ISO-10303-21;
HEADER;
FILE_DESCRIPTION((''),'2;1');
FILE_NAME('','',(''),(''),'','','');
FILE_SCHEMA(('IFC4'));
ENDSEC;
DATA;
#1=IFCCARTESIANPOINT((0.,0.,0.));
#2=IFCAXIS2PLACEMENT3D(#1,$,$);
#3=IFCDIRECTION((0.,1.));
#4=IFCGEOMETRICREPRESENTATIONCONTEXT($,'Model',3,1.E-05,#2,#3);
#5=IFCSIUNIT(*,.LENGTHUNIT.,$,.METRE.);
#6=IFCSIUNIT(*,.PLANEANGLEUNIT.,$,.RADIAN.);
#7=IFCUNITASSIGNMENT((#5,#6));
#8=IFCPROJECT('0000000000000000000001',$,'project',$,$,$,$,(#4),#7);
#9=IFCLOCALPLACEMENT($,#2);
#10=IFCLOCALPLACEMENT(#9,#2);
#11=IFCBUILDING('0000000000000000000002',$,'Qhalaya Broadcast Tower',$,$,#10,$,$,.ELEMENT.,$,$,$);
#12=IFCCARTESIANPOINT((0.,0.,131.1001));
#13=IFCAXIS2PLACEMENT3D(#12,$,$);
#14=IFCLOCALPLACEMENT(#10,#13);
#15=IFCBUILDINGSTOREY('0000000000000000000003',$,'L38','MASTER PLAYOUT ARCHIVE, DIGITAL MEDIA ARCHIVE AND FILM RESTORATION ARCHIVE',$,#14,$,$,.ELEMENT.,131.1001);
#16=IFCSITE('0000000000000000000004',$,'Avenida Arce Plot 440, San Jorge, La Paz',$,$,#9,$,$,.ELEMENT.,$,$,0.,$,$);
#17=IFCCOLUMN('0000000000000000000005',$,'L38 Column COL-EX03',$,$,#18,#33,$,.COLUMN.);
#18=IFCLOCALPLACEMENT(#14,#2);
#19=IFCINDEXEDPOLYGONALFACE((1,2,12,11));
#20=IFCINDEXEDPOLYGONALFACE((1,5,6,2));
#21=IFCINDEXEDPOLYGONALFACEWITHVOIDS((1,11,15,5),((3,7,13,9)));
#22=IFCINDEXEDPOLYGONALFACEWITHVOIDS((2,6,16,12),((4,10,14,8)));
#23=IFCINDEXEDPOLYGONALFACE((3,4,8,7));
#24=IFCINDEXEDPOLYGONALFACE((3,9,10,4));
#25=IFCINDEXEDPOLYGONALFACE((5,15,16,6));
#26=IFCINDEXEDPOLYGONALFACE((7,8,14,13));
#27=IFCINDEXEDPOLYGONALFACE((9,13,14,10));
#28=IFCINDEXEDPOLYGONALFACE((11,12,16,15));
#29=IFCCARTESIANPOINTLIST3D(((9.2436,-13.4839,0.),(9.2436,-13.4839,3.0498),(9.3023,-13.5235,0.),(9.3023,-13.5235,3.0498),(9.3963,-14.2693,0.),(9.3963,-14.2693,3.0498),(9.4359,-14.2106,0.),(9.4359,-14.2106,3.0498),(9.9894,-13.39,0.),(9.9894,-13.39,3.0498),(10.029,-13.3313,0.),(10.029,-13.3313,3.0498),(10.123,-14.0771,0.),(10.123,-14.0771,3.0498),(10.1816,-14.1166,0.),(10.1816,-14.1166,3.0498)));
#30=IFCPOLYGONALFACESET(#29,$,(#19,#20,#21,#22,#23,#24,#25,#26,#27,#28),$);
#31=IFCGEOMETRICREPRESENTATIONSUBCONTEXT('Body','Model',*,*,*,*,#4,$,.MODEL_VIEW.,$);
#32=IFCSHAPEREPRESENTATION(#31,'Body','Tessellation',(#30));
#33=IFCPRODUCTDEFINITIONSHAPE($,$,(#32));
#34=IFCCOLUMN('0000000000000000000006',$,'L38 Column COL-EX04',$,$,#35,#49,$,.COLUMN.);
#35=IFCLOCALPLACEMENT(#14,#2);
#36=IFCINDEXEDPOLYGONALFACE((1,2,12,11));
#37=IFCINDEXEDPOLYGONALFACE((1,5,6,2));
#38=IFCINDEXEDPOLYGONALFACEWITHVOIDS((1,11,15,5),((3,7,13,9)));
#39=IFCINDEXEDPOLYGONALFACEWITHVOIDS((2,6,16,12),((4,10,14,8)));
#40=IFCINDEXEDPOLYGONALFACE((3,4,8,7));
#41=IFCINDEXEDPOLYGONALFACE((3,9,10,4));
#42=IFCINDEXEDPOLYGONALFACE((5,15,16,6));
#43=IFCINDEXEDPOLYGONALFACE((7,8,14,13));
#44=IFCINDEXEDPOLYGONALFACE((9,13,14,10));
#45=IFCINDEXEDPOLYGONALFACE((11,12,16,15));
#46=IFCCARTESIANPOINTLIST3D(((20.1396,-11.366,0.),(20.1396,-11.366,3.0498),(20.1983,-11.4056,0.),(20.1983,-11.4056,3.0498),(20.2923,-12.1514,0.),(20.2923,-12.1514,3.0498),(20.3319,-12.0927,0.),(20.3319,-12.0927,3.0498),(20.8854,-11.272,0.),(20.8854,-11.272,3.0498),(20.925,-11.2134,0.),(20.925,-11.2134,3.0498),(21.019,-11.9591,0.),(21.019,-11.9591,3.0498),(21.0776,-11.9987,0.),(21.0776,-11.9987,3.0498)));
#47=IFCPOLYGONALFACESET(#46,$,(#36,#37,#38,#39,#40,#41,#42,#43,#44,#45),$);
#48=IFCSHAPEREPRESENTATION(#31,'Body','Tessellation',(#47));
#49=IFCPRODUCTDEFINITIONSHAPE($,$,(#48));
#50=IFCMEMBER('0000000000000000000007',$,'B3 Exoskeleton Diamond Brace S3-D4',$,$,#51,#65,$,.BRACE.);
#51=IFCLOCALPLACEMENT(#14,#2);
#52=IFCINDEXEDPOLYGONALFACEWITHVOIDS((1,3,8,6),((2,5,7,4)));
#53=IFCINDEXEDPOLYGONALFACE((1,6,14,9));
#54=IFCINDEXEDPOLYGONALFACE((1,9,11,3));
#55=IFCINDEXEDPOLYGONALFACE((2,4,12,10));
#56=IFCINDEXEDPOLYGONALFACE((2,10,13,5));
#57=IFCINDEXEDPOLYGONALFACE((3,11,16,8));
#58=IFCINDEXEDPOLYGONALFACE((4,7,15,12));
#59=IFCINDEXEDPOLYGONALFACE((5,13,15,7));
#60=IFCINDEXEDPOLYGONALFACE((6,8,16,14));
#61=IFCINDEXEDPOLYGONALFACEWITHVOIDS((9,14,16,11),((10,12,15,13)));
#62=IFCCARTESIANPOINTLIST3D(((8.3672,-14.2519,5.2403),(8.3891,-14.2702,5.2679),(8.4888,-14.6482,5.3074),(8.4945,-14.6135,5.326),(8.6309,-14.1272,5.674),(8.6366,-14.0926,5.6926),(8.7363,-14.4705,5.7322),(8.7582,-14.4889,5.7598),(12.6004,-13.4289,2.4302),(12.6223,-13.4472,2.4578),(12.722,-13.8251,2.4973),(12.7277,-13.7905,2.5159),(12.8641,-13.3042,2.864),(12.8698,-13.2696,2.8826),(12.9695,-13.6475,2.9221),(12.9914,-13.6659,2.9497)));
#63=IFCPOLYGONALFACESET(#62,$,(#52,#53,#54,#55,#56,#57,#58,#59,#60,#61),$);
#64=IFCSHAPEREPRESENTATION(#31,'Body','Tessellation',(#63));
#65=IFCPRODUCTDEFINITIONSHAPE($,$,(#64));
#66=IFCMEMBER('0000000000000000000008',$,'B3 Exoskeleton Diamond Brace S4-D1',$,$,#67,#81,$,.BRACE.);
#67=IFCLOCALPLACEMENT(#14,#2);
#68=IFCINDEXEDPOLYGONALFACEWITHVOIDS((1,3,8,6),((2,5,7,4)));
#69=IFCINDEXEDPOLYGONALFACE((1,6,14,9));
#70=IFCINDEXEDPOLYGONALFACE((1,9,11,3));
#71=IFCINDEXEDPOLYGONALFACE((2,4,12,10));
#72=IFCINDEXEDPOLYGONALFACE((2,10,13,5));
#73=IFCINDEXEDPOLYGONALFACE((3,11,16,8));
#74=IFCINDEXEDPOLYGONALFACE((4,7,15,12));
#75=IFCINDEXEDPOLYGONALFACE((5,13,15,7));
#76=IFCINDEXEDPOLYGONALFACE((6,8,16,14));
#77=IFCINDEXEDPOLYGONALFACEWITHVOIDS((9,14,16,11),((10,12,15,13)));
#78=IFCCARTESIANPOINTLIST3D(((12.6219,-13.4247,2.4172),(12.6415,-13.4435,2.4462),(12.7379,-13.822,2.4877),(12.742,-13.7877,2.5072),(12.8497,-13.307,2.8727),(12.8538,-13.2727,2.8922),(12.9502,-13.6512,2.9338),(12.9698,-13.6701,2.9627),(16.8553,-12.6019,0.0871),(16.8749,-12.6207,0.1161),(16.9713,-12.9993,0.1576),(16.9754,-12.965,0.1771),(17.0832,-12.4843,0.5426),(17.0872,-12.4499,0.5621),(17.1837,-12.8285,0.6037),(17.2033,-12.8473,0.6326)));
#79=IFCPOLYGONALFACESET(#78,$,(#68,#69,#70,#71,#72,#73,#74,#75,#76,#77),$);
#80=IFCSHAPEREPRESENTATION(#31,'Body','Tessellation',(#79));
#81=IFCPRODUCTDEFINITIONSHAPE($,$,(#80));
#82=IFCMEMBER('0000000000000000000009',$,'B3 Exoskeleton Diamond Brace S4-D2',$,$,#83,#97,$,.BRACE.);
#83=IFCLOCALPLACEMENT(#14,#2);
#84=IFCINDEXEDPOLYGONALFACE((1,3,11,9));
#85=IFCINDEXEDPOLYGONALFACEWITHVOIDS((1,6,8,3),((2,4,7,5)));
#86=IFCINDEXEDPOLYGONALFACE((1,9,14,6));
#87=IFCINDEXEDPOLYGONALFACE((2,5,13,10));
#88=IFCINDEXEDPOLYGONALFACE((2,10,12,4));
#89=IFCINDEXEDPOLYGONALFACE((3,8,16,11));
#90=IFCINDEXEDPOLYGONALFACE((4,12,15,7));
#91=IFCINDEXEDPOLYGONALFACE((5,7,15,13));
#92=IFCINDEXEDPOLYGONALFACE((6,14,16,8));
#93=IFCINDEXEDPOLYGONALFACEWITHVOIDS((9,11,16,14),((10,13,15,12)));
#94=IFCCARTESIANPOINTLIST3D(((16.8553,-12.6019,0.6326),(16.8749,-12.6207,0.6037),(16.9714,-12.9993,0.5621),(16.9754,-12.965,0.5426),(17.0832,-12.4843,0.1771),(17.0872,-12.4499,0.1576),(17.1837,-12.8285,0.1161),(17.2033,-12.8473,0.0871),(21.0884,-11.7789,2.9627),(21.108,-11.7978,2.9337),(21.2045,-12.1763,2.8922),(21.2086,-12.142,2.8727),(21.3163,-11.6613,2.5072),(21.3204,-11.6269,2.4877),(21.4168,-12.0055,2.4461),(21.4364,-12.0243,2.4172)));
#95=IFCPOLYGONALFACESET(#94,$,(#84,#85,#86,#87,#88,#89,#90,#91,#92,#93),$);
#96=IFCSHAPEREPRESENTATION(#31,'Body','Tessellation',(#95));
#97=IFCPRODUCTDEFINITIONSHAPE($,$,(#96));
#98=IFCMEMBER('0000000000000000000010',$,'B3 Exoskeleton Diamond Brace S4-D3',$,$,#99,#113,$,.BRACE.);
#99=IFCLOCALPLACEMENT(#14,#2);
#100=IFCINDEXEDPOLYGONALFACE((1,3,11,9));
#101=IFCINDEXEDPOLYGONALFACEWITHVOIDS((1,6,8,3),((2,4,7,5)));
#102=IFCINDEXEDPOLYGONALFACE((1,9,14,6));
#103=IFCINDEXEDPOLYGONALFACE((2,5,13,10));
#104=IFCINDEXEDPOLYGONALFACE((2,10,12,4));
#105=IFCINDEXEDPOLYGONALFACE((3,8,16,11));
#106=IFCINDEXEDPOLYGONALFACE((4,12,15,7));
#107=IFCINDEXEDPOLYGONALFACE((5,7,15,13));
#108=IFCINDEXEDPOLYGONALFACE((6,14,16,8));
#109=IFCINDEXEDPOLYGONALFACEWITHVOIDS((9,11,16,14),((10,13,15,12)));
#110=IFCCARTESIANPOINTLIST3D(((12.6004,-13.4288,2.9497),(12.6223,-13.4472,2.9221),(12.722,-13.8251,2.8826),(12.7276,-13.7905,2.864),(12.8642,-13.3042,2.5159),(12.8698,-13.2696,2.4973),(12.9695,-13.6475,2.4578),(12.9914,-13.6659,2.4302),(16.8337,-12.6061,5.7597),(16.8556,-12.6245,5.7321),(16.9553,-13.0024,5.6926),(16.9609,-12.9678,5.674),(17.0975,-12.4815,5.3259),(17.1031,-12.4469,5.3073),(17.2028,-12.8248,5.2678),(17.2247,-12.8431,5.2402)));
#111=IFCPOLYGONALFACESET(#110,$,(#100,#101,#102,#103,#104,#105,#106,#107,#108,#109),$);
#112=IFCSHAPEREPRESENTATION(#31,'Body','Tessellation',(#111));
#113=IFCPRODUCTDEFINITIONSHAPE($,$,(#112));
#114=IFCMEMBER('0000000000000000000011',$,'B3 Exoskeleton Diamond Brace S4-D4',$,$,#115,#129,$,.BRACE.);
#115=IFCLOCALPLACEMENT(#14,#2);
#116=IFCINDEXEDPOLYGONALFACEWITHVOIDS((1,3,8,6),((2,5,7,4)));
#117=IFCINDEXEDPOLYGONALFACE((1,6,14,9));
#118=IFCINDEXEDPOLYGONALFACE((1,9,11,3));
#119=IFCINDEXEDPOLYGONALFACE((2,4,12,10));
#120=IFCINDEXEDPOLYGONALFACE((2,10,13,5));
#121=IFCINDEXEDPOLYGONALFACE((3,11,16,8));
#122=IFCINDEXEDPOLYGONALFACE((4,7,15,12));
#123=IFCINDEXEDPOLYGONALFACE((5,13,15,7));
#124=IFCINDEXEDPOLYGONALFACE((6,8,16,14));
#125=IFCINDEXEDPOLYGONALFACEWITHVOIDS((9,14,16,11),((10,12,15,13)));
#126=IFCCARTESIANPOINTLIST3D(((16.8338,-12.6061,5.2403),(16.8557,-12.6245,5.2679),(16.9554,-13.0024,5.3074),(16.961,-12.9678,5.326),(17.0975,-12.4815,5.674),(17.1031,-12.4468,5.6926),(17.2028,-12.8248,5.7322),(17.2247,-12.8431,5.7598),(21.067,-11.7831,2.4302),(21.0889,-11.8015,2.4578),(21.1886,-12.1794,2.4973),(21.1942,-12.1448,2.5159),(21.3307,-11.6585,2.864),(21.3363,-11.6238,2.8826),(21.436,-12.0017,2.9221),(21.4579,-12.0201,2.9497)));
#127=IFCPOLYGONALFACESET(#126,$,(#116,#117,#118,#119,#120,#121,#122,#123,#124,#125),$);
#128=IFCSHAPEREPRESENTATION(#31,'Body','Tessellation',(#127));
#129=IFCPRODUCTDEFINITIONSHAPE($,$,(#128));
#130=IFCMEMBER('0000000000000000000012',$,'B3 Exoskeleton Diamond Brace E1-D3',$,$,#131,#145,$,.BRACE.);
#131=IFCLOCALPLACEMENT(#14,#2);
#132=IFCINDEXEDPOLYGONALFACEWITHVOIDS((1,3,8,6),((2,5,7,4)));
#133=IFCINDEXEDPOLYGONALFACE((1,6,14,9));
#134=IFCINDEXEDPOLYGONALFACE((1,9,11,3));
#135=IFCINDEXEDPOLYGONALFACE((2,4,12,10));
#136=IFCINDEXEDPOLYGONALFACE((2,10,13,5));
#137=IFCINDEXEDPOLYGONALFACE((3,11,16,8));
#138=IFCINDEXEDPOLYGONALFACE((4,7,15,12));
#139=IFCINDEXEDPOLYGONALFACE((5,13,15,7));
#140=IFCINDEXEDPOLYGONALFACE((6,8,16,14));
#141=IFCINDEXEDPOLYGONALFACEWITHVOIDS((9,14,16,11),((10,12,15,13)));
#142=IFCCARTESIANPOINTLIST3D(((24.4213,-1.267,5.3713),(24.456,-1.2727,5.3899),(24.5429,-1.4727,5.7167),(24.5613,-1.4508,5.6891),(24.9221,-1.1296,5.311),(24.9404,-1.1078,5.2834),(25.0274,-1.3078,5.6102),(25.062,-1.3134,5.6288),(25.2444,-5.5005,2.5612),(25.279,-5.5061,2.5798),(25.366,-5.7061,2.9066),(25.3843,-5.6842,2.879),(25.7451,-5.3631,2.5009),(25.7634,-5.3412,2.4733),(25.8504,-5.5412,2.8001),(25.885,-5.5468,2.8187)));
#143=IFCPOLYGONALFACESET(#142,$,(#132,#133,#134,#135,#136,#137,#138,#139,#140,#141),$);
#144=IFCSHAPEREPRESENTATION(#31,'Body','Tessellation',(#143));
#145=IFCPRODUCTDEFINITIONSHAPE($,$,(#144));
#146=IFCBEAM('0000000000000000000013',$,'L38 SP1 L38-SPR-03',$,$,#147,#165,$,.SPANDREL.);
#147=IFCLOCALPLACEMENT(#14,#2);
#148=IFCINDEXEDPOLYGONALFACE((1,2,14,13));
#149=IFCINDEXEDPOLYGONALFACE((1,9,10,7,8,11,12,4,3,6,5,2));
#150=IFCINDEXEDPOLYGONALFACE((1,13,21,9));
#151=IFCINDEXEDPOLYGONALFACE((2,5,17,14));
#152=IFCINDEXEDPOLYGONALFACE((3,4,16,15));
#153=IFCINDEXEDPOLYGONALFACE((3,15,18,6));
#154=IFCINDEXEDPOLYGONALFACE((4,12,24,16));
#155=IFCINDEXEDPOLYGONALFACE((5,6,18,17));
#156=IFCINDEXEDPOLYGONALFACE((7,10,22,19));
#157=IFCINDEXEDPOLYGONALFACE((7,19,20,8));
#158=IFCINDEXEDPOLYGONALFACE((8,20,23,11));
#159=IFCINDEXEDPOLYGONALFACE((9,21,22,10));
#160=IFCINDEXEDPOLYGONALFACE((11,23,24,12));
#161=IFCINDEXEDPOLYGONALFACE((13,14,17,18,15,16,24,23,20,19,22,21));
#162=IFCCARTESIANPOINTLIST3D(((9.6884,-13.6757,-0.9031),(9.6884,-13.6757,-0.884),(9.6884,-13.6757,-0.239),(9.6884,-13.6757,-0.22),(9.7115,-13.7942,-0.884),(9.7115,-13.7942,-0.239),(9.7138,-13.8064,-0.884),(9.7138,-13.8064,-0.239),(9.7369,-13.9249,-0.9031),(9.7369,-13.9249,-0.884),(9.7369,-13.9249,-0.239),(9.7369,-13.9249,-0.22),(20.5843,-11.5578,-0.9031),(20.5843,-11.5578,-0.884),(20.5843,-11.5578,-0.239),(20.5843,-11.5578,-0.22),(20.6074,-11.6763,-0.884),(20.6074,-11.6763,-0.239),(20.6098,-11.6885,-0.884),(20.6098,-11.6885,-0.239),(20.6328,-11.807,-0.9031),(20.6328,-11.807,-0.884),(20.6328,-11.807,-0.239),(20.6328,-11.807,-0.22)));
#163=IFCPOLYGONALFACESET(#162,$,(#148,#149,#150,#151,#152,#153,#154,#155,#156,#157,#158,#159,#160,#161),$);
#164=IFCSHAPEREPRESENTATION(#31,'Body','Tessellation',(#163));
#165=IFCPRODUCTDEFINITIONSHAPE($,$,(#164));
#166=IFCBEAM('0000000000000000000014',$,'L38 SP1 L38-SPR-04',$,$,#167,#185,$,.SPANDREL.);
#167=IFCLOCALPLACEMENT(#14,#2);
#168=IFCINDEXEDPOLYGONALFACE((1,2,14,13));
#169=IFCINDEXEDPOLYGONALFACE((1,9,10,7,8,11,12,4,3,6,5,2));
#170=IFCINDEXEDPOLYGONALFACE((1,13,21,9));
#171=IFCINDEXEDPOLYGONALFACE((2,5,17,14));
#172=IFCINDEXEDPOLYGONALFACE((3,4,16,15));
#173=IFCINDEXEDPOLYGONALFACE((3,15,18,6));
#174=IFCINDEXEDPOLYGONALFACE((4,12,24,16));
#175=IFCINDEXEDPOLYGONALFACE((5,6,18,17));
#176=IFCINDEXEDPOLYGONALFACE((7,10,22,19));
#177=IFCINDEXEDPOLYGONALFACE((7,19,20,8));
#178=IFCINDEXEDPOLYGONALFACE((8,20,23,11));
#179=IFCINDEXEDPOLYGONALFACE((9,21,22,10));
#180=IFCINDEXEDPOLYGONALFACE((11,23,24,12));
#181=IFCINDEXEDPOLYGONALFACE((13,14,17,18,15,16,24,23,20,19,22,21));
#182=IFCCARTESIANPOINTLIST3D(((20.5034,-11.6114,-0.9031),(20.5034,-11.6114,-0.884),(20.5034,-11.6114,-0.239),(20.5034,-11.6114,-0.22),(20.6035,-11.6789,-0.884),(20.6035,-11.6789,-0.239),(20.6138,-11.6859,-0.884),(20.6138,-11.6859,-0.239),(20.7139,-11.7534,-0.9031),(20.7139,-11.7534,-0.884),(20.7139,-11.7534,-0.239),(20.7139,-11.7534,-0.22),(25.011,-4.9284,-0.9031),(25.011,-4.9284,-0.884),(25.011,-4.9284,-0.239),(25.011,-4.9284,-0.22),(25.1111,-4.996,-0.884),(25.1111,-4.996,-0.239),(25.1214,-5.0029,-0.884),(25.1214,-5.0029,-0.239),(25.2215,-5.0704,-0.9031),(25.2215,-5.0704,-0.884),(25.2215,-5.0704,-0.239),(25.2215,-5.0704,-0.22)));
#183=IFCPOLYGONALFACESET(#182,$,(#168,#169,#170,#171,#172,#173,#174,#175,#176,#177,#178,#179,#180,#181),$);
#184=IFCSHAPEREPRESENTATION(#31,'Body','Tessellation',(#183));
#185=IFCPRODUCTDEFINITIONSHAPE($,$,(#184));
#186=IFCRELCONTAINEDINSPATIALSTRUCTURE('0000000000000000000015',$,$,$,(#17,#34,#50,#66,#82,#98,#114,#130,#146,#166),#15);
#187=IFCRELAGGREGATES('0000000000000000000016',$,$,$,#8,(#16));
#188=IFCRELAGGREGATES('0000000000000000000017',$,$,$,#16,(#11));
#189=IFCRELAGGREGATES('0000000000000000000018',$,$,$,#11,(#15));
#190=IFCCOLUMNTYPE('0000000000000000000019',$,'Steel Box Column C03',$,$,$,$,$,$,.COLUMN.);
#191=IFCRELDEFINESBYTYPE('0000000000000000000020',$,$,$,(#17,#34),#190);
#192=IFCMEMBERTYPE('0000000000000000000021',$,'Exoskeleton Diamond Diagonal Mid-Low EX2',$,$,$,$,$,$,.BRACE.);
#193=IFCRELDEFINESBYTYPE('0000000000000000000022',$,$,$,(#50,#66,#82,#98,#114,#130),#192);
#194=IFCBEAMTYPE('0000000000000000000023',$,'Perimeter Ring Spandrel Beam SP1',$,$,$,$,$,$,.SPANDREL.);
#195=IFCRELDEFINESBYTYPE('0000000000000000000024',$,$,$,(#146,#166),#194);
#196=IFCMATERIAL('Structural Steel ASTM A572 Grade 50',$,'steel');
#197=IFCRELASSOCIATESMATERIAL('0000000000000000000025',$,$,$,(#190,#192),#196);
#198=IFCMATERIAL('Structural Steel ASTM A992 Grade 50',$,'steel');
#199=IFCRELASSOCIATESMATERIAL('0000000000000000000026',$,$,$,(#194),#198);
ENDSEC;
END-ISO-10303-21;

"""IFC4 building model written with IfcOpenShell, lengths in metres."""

from ifc_helpers import new_model, si_unit, direction, frame, origin, origin_2d, place, context, subcontext, project, spatial, hollow_rectangle, i_section, extrude, material, material_profile, profile_set, type_object, element, save


model = new_model("IFC4")

# Units and contexts
model_context = context("Model", 3, precision=1e-05, world=origin(), true_north=direction((0.0, 1.0)))
body_context = subcontext(model_context, "Body", "Model", "MODEL_VIEW")
ifc_project = project(units=[si_unit("LENGTHUNIT", "METRE"), si_unit("PLANEANGLEUNIT", "RADIAN")], contexts=[model_context])

# Site, building, storey
site_placement = place(None, origin())
site = spatial("IfcSite", under=ifc_project, at=site_placement, Name="Avenida Arce Plot 440, San Jorge, La Paz", CompositionType="ELEMENT", RefElevation=0.0)
building_placement = place(site_placement, origin())
building = spatial("IfcBuilding", under=site, at=building_placement, Name="Qhalaya Broadcast Tower", CompositionType="ELEMENT")
storey_placement = place(building_placement, frame((0.0, 0.0, 131.1001)))
storey = spatial("IfcBuildingStorey", under=building, at=storey_placement, Name="L38", Description="MASTER PLAYOUT ARCHIVE, DIGITAL MEDIA ARCHIVE AND FILM RESTORATION ARCHIVE", CompositionType="ELEMENT", Elevation=131.1001)

# Columns
ifc_material_1 = material(Name="Structural Steel ASTM A572 Grade 50", Category="steel")
ifc_material_profile_1 = material_profile(ifc_material_1, hollow_rectangle(XDim=0.8, YDim=0.8, WallThickness=0.05, at=origin_2d()), Name="BOX 800x800x50")
ifc_profile_set_1 = profile_set([ifc_material_profile_1], Name="Structural Steel ASTM A572 Grade 50")
column_type = type_object("IfcColumnType", Name="Steel Box Column C03", PredefinedType="COLUMN", material=ifc_profile_set_1)
for number, where, z_axis, x_axis, name in (
    (1, (9.7126, -13.8003, 0.0), (0.0, 0.0, 1.0), (0.981627, 0.190809, 0.0), "L38 Column COL-EX03"),
    (2, (20.6086, -11.6824, 0.0), (0.0, 0.0, 1.0), (0.981627, 0.190809, 0.0), "L38 Column COL-EX04"),
):
    element("IfcColumn", number, at=place(storey_placement, frame(where, z_axis=z_axis, x_axis=x_axis)), inside=storey, type_object=column_type, Name=name, PredefinedType="COLUMN", context=body_context, shape_type="SweptSolid", body=[
        extrude(hollow_rectangle(XDim=0.8, YDim=0.8, WallThickness=0.05, at=origin_2d()), origin(), (0.0, 0.0, 1.0), 3.0498),
    ])

# Members
ifc_material_profile_2 = material_profile(ifc_material_1, hollow_rectangle(XDim=0.4199, YDim=0.55, WallThickness=0.0281, at=origin_2d()), Name="BOX 420x550x28")
ifc_profile_set_2 = profile_set([ifc_material_profile_2], Name="Structural Steel ASTM A572 Grade 50")
member_type = type_object("IfcMemberType", Name="Exoskeleton Diamond Diagonal Mid-Low EX2", PredefinedType="BRACE", material=ifc_profile_set_2)
member_1_placement = place(storey_placement, frame((12.7959, -13.5474, 2.6899), z_axis=(-0.822424, -0.159893, 0.545943), x_axis=(0.289594, -0.943705, 0.159864)))
element("IfcMember", 3, at=member_1_placement, inside=storey, type_object=member_type, Name="B3 Exoskeleton Diamond Brace S3-D4", PredefinedType="BRACE", context=body_context, shape_type="SweptSolid", body=[
    extrude(hollow_rectangle(XDim=0.4199, YDim=0.55, WallThickness=0.0281, at=origin_2d()), origin(), (0.0, 0.0, 1.0), 5.1472),
])
member_2_placement = place(storey_placement, frame((17.0293, -12.7246, 0.3599), z_axis=(-0.863638, -0.167847, 0.475349), x_axis=(0.276309, -0.946294, 0.167873)))
element("IfcMember", 4, at=member_2_placement, inside=storey, type_object=member_type, Name="B3 Exoskeleton Diamond Brace S4-D1", PredefinedType="BRACE", context=body_context, shape_type="SweptSolid", body=[
    extrude(hollow_rectangle(XDim=0.4199, YDim=0.55, WallThickness=0.0281, at=origin_2d()), origin(), (0.0, 0.0, 1.0), 4.9019),
])
member_3_placement = place(storey_placement, frame((17.0293, -12.7246, 0.3599), z_axis=(0.863618, 0.167902, 0.475366), x_axis=(-0.276375, 0.946275, 0.167871)))
element("IfcMember", 5, at=member_3_placement, inside=storey, type_object=member_type, Name="B3 Exoskeleton Diamond Brace S4-D2", PredefinedType="BRACE", context=body_context, shape_type="SweptSolid", body=[
    extrude(hollow_rectangle(XDim=0.4199, YDim=0.55, WallThickness=0.0281, at=origin_2d()), origin(), (0.0, 0.0, 1.0), 4.9016),
])
for number, where, z_axis, x_axis, name in (
    (6, (12.7959, -13.5474, 2.6899), (0.822445, 0.159841, 0.545925), (-0.289528, 0.943725, 0.159866), "B3 Exoskeleton Diamond Brace S4-D3"),
    (7, (21.2625, -11.9016, 2.6899), (-0.822424, -0.159893, 0.545943), (0.289594, -0.943705, 0.159864), "B3 Exoskeleton Diamond Brace S4-D4"),
):
    element("IfcMember", number, at=place(storey_placement, frame(where, z_axis=z_axis, x_axis=x_axis)), inside=storey, type_object=member_type, Name=name, PredefinedType="BRACE", context=body_context, shape_type="SweptSolid", body=[
        extrude(hollow_rectangle(XDim=0.4199, YDim=0.55, WallThickness=0.0281, at=origin_2d()), origin(), (0.0, 0.0, 1.0), 5.1472),
    ])
member_4_placement = place(storey_placement, frame((25.5647, -5.5237, 2.6899), z_axis=(-0.159887, 0.822439, 0.545921), x_axis=(0.289568, -0.48963, 0.822443)))
element("IfcMember", 8, at=member_4_placement, inside=storey, type_object=member_type, Name="B3 Exoskeleton Diamond Brace E1-D3", PredefinedType="BRACE", context=body_context, shape_type="SweptSolid", body=[
    extrude(hollow_rectangle(XDim=0.4199, YDim=0.55, WallThickness=0.0281, at=origin_2d()), origin(), (0.0, 0.0, 1.0), 5.1475),
])

# Beams
ifc_material_2 = material(Name="Structural Steel ASTM A992 Grade 50", Category="steel")
ifc_material_profile_3 = material_profile(ifc_material_2, i_section(OverallWidth=0.2539, OverallDepth=0.6831, WebThickness=0.0125, FlangeThickness=0.019, at=origin_2d()), Name="W27X94")
ifc_profile_set_3 = profile_set([ifc_material_profile_3], Name="Structural Steel ASTM A992 Grade 50")
beam_type = type_object("IfcBeamType", Name="Perimeter Ring Spandrel Beam SP1", PredefinedType="SPANDREL", material=ifc_profile_set_3)
beam_1_placement = place(storey_placement, frame((9.7126, -13.8003, -0.5615), z_axis=(0.981628, 0.190805, 0.0), x_axis=(-0.190805, 0.981628, 0.0)))
element("IfcBeam", 9, at=beam_1_placement, inside=storey, type_object=beam_type, Name="L38 SP1 L38-SPR-03", PredefinedType="SPANDREL", context=body_context, shape_type="SweptSolid", body=[
    extrude(i_section(OverallWidth=0.2539, OverallDepth=0.6831, WebThickness=0.0125, FlangeThickness=0.019, at=origin_2d()), origin(), (0.0, 0.0, 1.0), 11.0999),
])
beam_2_placement = place(storey_placement, frame((20.6086, -11.6824, -0.5615), z_axis=(0.559186, 0.829042, 0.0), x_axis=(-0.829042, 0.559186, 0.0)))
element("IfcBeam", 10, at=beam_2_placement, inside=storey, type_object=beam_type, Name="L38 SP1 L38-SPR-04", PredefinedType="SPANDREL", context=body_context, shape_type="SweptSolid", body=[
    extrude(i_section(OverallWidth=0.2539, OverallDepth=0.6831, WebThickness=0.0125, FlangeThickness=0.019, at=origin_2d()), origin(), (0.0, 0.0, 1.0), 8.061),
])

save(model, "model.ifc")
